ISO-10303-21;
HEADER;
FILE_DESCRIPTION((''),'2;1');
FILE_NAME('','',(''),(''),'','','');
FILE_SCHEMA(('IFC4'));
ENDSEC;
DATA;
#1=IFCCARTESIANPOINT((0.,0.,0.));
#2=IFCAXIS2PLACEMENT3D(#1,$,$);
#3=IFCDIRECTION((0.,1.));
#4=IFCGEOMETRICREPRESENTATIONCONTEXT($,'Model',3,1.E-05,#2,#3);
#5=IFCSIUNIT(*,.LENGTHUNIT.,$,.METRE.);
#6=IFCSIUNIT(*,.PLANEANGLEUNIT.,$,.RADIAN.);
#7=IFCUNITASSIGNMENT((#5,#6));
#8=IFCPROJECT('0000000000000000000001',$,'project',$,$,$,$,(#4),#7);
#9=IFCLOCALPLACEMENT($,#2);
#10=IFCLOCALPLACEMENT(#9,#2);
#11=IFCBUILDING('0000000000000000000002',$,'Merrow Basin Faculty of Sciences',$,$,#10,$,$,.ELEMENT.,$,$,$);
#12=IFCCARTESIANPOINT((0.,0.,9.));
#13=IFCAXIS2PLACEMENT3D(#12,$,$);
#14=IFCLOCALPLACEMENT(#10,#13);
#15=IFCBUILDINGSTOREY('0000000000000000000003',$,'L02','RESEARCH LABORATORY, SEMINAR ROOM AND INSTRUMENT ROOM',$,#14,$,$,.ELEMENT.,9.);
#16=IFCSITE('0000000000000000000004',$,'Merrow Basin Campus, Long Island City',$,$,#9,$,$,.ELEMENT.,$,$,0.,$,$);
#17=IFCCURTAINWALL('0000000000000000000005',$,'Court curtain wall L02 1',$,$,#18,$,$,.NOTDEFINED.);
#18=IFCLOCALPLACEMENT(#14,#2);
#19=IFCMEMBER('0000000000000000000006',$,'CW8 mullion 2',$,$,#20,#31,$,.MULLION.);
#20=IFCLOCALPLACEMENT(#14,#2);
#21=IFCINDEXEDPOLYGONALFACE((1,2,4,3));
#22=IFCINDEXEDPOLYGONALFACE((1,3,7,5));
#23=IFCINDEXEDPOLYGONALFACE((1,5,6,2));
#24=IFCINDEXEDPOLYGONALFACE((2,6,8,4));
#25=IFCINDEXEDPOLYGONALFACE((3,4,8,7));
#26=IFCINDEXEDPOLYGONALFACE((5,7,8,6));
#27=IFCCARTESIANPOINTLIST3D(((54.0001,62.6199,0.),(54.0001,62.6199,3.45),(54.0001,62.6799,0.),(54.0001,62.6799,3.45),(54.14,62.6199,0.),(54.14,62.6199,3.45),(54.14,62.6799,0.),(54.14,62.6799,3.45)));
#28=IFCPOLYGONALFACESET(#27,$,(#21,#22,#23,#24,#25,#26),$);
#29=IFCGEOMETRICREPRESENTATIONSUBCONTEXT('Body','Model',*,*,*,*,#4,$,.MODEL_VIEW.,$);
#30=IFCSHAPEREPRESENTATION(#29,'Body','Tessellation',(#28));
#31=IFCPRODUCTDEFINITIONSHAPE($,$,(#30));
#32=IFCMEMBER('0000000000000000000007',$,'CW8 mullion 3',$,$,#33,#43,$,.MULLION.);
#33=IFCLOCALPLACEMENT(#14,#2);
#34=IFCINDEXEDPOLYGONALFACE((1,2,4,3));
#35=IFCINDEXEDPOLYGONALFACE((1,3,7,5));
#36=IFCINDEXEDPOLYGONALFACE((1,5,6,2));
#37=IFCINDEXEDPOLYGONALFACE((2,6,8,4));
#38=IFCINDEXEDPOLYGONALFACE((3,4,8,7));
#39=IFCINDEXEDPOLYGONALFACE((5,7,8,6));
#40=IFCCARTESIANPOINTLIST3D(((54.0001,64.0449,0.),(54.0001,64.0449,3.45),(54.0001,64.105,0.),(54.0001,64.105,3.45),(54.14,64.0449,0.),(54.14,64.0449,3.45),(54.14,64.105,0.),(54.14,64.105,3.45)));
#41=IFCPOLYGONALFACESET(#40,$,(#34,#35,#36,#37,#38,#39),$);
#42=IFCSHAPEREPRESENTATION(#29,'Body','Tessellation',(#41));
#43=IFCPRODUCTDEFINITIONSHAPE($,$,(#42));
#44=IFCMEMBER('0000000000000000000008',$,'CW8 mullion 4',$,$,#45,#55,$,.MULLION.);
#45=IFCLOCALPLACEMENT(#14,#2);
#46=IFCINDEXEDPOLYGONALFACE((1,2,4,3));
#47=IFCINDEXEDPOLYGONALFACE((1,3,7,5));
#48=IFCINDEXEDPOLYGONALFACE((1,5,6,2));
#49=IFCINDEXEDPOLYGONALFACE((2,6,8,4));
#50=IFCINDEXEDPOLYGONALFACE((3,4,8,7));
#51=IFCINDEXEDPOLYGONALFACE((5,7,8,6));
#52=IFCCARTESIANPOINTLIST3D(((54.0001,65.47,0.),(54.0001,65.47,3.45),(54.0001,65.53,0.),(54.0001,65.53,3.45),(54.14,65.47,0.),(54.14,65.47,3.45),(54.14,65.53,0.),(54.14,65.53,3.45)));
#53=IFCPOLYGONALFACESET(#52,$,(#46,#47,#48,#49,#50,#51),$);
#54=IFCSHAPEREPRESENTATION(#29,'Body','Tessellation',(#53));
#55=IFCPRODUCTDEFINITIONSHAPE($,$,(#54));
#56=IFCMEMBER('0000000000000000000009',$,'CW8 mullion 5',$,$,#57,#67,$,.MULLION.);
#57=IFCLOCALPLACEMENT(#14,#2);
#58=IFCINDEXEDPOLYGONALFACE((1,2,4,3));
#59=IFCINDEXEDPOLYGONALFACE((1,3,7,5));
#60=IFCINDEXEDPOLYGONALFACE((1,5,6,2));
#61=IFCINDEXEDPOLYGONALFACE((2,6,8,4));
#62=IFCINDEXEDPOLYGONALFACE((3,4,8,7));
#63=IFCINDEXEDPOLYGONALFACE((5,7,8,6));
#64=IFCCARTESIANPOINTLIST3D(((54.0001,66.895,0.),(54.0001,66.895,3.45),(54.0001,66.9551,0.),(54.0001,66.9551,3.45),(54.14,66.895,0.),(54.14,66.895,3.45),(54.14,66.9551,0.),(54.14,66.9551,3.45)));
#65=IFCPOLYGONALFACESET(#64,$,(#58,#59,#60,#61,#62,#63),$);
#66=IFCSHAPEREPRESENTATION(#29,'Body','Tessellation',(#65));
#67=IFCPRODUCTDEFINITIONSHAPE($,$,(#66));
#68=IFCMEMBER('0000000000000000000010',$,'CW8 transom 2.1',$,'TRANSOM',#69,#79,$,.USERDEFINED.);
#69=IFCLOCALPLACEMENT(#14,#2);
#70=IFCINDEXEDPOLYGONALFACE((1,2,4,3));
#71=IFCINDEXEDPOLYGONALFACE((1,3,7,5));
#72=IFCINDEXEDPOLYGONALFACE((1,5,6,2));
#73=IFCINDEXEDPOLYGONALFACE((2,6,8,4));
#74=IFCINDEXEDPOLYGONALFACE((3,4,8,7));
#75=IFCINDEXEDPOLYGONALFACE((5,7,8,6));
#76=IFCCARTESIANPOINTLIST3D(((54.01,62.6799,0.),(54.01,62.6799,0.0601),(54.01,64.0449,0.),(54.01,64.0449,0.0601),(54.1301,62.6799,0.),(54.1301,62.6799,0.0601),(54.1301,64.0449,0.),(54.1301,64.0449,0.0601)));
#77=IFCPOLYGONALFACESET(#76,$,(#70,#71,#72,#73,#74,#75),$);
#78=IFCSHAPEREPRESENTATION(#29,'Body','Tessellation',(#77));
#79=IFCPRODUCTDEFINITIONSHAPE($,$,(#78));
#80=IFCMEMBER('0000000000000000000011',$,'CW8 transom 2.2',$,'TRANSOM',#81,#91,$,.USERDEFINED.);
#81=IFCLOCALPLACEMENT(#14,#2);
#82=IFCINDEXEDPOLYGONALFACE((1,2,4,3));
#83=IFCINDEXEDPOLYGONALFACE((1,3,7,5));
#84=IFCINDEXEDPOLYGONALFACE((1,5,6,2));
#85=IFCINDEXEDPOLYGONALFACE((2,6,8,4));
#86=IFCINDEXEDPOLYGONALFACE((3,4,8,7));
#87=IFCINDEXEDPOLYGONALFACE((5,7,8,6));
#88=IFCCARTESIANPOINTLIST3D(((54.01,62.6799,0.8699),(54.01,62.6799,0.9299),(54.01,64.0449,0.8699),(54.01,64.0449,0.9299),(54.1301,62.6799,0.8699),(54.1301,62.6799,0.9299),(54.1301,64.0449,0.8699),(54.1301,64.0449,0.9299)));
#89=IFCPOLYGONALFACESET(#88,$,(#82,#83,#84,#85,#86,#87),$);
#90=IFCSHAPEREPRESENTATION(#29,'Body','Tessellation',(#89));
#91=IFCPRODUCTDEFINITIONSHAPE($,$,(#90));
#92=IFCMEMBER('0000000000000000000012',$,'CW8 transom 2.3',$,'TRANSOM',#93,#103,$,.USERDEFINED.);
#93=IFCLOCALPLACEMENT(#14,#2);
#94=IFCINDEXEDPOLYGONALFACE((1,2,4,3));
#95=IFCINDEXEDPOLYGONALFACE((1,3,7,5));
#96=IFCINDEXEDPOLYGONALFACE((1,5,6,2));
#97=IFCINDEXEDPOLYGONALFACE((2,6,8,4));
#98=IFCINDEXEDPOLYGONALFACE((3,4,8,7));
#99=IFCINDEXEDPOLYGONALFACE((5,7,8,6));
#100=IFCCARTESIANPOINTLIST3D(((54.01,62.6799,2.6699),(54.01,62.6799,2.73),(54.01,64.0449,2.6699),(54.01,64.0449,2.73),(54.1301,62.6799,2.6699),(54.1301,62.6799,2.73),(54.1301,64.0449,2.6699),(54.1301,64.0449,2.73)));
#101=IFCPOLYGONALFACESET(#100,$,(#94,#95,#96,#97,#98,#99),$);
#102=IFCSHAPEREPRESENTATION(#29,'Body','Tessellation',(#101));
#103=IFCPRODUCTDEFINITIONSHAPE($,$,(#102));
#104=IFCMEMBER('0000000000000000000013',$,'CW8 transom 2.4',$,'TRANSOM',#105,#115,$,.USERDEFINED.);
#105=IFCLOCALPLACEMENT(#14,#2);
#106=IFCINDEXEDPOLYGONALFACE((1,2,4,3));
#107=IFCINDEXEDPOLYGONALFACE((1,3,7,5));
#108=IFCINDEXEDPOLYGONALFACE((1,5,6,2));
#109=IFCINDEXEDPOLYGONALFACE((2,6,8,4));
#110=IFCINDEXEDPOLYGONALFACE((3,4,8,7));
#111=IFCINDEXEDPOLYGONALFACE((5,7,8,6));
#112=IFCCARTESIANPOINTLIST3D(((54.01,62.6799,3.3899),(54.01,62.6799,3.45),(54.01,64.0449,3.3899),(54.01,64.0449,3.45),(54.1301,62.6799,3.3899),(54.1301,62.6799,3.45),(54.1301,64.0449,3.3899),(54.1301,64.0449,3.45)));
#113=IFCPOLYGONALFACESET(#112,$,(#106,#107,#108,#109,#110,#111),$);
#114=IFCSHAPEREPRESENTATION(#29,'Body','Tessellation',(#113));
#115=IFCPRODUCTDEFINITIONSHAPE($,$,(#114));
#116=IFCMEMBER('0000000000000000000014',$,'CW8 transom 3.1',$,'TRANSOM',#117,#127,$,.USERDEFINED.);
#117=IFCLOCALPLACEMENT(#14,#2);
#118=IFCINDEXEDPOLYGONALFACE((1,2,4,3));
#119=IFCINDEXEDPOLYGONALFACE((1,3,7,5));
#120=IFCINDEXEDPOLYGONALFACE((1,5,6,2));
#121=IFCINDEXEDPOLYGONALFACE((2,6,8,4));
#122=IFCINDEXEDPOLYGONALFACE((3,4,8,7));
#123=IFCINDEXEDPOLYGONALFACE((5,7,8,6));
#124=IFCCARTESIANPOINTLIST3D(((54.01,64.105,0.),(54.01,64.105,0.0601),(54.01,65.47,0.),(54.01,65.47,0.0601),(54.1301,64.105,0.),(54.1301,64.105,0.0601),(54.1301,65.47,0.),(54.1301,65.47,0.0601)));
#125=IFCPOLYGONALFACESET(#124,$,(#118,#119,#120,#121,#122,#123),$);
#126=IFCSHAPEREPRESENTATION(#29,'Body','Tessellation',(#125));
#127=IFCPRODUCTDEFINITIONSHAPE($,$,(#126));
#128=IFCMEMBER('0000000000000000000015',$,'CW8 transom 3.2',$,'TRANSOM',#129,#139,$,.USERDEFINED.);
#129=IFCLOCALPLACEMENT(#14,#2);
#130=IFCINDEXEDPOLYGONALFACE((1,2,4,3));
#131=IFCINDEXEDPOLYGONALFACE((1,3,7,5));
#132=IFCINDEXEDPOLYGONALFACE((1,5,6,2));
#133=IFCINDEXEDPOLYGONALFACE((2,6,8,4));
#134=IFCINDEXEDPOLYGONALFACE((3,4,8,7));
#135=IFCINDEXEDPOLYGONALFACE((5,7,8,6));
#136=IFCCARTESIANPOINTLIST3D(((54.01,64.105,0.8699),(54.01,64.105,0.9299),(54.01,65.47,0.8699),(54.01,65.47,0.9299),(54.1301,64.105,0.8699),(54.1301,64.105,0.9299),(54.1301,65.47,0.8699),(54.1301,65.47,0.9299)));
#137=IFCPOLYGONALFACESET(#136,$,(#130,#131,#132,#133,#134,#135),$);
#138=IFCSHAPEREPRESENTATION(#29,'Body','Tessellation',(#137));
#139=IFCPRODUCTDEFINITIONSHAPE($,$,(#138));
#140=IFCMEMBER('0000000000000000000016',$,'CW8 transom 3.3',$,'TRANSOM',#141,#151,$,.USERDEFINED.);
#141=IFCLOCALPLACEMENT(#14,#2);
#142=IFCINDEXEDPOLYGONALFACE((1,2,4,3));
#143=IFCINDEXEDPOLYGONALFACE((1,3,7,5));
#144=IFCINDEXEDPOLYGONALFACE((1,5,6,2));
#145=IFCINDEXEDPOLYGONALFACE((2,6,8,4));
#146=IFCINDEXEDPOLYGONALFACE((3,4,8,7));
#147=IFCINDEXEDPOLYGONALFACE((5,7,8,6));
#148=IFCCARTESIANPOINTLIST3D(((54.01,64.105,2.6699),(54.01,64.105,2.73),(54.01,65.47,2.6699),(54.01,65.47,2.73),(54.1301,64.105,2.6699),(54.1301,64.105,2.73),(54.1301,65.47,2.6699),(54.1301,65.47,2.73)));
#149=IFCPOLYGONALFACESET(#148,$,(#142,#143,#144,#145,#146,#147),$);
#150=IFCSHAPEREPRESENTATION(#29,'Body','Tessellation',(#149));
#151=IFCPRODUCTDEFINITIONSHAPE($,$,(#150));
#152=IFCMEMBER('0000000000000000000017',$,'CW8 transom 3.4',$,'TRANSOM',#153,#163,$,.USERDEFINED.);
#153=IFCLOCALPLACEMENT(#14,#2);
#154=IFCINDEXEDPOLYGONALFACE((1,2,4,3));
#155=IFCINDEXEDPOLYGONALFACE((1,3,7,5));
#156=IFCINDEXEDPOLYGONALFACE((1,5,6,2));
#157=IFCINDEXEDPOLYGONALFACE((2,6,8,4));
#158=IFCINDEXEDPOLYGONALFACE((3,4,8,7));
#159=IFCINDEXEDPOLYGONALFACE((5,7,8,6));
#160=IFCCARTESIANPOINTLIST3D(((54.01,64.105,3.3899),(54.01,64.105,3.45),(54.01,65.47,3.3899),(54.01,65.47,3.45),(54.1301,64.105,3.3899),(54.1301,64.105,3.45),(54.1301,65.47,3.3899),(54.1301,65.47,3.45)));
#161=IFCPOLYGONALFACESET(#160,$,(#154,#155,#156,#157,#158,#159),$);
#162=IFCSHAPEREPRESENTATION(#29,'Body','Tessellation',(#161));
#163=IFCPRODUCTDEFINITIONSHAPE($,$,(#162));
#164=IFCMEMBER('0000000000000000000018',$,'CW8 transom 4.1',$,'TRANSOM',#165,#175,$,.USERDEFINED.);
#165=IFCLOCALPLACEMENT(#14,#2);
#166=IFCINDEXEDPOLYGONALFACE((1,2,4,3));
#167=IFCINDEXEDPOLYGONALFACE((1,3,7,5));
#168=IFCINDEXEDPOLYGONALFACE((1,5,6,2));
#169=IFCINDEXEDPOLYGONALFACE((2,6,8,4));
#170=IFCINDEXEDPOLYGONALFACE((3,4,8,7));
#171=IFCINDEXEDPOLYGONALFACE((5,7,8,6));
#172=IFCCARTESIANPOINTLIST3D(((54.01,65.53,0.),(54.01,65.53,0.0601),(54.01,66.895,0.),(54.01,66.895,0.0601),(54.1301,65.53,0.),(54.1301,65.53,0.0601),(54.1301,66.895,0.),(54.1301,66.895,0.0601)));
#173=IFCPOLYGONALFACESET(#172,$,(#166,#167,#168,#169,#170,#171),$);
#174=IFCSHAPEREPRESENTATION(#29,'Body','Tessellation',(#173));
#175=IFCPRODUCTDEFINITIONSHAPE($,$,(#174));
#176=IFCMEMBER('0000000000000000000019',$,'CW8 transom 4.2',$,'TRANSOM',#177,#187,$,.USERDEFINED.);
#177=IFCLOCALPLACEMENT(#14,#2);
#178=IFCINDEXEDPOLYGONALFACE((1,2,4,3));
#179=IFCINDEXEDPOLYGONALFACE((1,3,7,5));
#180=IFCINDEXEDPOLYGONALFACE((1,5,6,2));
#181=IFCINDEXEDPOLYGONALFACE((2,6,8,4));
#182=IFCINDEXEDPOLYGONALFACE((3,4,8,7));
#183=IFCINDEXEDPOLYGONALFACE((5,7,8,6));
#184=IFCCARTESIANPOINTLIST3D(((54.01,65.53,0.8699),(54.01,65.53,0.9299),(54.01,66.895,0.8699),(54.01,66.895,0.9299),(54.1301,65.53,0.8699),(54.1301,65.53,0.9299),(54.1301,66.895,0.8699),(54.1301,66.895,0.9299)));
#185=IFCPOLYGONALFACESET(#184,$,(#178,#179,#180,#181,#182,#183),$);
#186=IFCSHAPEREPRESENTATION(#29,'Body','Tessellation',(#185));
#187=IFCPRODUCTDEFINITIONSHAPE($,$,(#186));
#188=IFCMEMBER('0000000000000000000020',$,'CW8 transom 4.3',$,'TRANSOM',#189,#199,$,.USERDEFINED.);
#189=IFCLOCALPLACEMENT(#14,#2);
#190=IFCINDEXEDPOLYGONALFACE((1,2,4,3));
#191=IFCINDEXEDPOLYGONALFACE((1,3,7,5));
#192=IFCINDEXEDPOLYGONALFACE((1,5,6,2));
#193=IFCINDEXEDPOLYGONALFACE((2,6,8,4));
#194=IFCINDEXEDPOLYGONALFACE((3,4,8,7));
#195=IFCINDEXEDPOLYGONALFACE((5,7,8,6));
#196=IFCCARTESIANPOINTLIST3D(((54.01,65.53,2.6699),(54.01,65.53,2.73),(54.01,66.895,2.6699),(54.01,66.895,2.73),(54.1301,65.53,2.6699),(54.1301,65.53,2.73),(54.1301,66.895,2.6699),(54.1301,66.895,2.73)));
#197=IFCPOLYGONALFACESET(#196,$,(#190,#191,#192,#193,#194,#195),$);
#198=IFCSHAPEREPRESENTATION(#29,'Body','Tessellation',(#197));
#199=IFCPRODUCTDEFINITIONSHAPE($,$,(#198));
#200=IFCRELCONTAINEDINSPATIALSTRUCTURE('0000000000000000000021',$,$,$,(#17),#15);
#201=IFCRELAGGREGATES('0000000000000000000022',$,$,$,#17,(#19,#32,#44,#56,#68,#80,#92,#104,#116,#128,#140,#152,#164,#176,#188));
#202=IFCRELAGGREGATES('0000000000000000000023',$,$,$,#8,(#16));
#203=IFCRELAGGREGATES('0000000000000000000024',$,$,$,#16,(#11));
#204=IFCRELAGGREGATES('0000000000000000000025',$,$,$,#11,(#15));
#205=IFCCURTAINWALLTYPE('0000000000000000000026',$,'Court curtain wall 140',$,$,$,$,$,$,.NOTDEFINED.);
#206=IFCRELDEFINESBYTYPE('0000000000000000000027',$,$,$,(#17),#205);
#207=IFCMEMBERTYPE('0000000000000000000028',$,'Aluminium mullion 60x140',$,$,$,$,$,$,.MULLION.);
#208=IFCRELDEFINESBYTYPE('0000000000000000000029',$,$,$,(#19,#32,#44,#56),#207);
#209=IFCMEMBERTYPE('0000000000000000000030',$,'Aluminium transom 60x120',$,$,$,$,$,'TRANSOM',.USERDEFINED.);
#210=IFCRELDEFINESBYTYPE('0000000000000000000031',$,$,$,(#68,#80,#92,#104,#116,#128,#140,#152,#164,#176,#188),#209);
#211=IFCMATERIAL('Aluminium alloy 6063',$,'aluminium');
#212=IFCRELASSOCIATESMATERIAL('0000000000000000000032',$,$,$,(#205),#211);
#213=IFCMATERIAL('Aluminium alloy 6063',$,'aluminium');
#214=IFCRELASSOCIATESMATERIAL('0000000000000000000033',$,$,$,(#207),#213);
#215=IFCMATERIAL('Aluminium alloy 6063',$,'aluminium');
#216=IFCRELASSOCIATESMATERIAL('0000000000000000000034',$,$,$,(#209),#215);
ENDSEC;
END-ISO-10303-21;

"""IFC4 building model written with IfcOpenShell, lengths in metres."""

from ifc_helpers import new_model, si_unit, direction, frame, origin, origin_2d, place, context, subcontext, project, spatial, rectangle, extrude, material, material_profile, profile_set, type_object, element, aggregate, save


model = new_model("IFC4")

# Units and contexts
model_context = context("Model", 3, precision=1e-05, world=origin(), true_north=direction((0.0, 1.0)))
body_context = subcontext(model_context, "Body", "Model", "MODEL_VIEW")
ifc_project = project(units=[si_unit("LENGTHUNIT", "METRE"), si_unit("PLANEANGLEUNIT", "RADIAN")], contexts=[model_context])

# Site, building, storey
site_placement = place(None, origin())
site = spatial("IfcSite", under=ifc_project, at=site_placement, Name="Merrow Basin Campus, Long Island City", CompositionType="ELEMENT", RefElevation=0.0)
building_placement = place(site_placement, origin())
building = spatial("IfcBuilding", under=site, at=building_placement, Name="Merrow Basin Faculty of Sciences", CompositionType="ELEMENT")
storey_placement = place(building_placement, frame((0.0, 0.0, 9.0)))
storey = spatial("IfcBuildingStorey", under=building, at=storey_placement, Name="L02", Description="RESEARCH LABORATORY, SEMINAR ROOM AND INSTRUMENT ROOM", CompositionType="ELEMENT", Elevation=9.0)

# Curtain wall, members
ifc_material_1 = material(Name="Aluminium alloy 6063", Category="aluminium")
curtain_wall_type = type_object("IfcCurtainWallType", Name="Court curtain wall 140", PredefinedType="NOTDEFINED", material=ifc_material_1)
curtain_wall_placement = place(storey_placement, origin())
curtain_wall = element("IfcCurtainWall", 1, at=curtain_wall_placement, inside=storey, type_object=curtain_wall_type, Name="Court curtain wall L02 1", PredefinedType="NOTDEFINED")
ifc_material_2 = material(Name="Aluminium alloy 6063", Category="aluminium")
ifc_material_profile_1 = material_profile(ifc_material_2, rectangle(XDim=0.1399, YDim=0.0601, at=origin_2d()))
ifc_profile_set_1 = profile_set([ifc_material_profile_1], Name="Aluminium alloy 6063")
member_type_1 = type_object("IfcMemberType", Name="Aluminium mullion 60x140", PredefinedType="MULLION", material=ifc_profile_set_1)
member_1_placement = place(storey_placement, frame((54.0701, 62.6499, 0.0), z_axis=(0.0, 0.0, 1.0), x_axis=(-1.0, 0.0, 0.0)))
member_1 = element("IfcMember", 2, at=member_1_placement, type_object=member_type_1, Name="CW8 mullion 2", PredefinedType="MULLION", context=body_context, shape_type="SweptSolid", body=[
    extrude(rectangle(XDim=0.1399, YDim=0.0601, at=origin_2d()), origin(), (0.0, 0.0, 1.0), 3.45),
])
member_2_placement = place(storey_placement, frame((54.0701, 64.075, 0.0), z_axis=(0.0, 0.0, 1.0), x_axis=(-1.0, 0.0, 0.0)))
member_2 = element("IfcMember", 3, at=member_2_placement, type_object=member_type_1, Name="CW8 mullion 3", PredefinedType="MULLION", context=body_context, shape_type="SweptSolid", body=[
    extrude(rectangle(XDim=0.1399, YDim=0.0601, at=origin_2d()), origin(), (0.0, 0.0, 1.0), 3.45),
])
member_3_placement = place(storey_placement, frame((54.0701, 65.5, 0.0), z_axis=(0.0, 0.0, 1.0), x_axis=(-1.0, 0.0, 0.0)))
member_3 = element("IfcMember", 4, at=member_3_placement, type_object=member_type_1, Name="CW8 mullion 4", PredefinedType="MULLION", context=body_context, shape_type="SweptSolid", body=[
    extrude(rectangle(XDim=0.1399, YDim=0.0601, at=origin_2d()), origin(), (0.0, 0.0, 1.0), 3.45),
])
member_4_placement = place(storey_placement, frame((54.0701, 66.925, 0.0), z_axis=(0.0, 0.0, 1.0), x_axis=(-1.0, 0.0, 0.0)))
member_4 = element("IfcMember", 5, at=member_4_placement, type_object=member_type_1, Name="CW8 mullion 5", PredefinedType="MULLION", context=body_context, shape_type="SweptSolid", body=[
    extrude(rectangle(XDim=0.1399, YDim=0.0601, at=origin_2d()), origin(), (0.0, 0.0, 1.0), 3.45),
])
ifc_material_3 = material(Name="Aluminium alloy 6063", Category="aluminium")
ifc_material_profile_2 = material_profile(ifc_material_3, rectangle(XDim=0.1201, YDim=0.0601, at=origin_2d()))
ifc_profile_set_2 = profile_set([ifc_material_profile_2], Name="Aluminium alloy 6063")
member_type_2 = type_object("IfcMemberType", Name="Aluminium transom 60x120", ElementType="TRANSOM", PredefinedType="USERDEFINED", material=ifc_profile_set_2)
member_5_placement = place(storey_placement, frame((54.0701, 62.6799, 0.03), z_axis=(0.0, 1.0, 0.0), x_axis=(-1.0, 0.0, 0.0)))
member_5 = element("IfcMember", 6, at=member_5_placement, type_object=member_type_2, Name="CW8 transom 2.1", ObjectType="TRANSOM", PredefinedType="USERDEFINED", context=body_context, shape_type="SweptSolid", body=[
    extrude(rectangle(XDim=0.1201, YDim=0.0601, at=origin_2d()), origin(), (0.0, 0.0, 1.0), 1.365),
])
member_6_placement = place(storey_placement, frame((54.0701, 62.6799, 0.8999), z_axis=(0.0, 1.0, 0.0), x_axis=(-1.0, 0.0, 0.0)))
member_6 = element("IfcMember", 7, at=member_6_placement, type_object=member_type_2, Name="CW8 transom 2.2", ObjectType="TRANSOM", PredefinedType="USERDEFINED", context=body_context, shape_type="SweptSolid", body=[
    extrude(rectangle(XDim=0.1201, YDim=0.0601, at=origin_2d()), origin(), (0.0, 0.0, 1.0), 1.365),
])
member_7_placement = place(storey_placement, frame((54.0701, 62.6799, 2.7), z_axis=(0.0, 1.0, 0.0), x_axis=(-1.0, 0.0, 0.0)))
member_7 = element("IfcMember", 8, at=member_7_placement, type_object=member_type_2, Name="CW8 transom 2.3", ObjectType="TRANSOM", PredefinedType="USERDEFINED", context=body_context, shape_type="SweptSolid", body=[
    extrude(rectangle(XDim=0.1201, YDim=0.0601, at=origin_2d()), origin(), (0.0, 0.0, 1.0), 1.365),
])
member_8_placement = place(storey_placement, frame((54.0701, 62.6799, 3.4199), z_axis=(0.0, 1.0, 0.0), x_axis=(-1.0, 0.0, 0.0)))
member_8 = element("IfcMember", 9, at=member_8_placement, type_object=member_type_2, Name="CW8 transom 2.4", ObjectType="TRANSOM", PredefinedType="USERDEFINED", context=body_context, shape_type="SweptSolid", body=[
    extrude(rectangle(XDim=0.1201, YDim=0.0601, at=origin_2d()), origin(), (0.0, 0.0, 1.0), 1.365),
])
member_9_placement = place(storey_placement, frame((54.0701, 64.105, 0.03), z_axis=(0.0, 1.0, 0.0), x_axis=(-1.0, 0.0, 0.0)))
member_9 = element("IfcMember", 10, at=member_9_placement, type_object=member_type_2, Name="CW8 transom 3.1", ObjectType="TRANSOM", PredefinedType="USERDEFINED", context=body_context, shape_type="SweptSolid", body=[
    extrude(rectangle(XDim=0.1201, YDim=0.0601, at=origin_2d()), origin(), (0.0, 0.0, 1.0), 1.365),
])
member_10_placement = place(storey_placement, frame((54.0701, 64.105, 0.8999), z_axis=(0.0, 1.0, 0.0), x_axis=(-1.0, 0.0, 0.0)))
member_10 = element("IfcMember", 11, at=member_10_placement, type_object=member_type_2, Name="CW8 transom 3.2", ObjectType="TRANSOM", PredefinedType="USERDEFINED", context=body_context, shape_type="SweptSolid", body=[
    extrude(rectangle(XDim=0.1201, YDim=0.0601, at=origin_2d()), origin(), (0.0, 0.0, 1.0), 1.365),
])
member_11_placement = place(storey_placement, frame((54.0701, 64.105, 2.7), z_axis=(0.0, 1.0, 0.0), x_axis=(-1.0, 0.0, 0.0)))
member_11 = element("IfcMember", 12, at=member_11_placement, type_object=member_type_2, Name="CW8 transom 3.3", ObjectType="TRANSOM", PredefinedType="USERDEFINED", context=body_context, shape_type="SweptSolid", body=[
    extrude(rectangle(XDim=0.1201, YDim=0.0601, at=origin_2d()), origin(), (0.0, 0.0, 1.0), 1.365),
])
member_12_placement = place(storey_placement, frame((54.0701, 64.105, 3.4199), z_axis=(0.0, 1.0, 0.0), x_axis=(-1.0, 0.0, 0.0)))
member_12 = element("IfcMember", 13, at=member_12_placement, type_object=member_type_2, Name="CW8 transom 3.4", ObjectType="TRANSOM", PredefinedType="USERDEFINED", context=body_context, shape_type="SweptSolid", body=[
    extrude(rectangle(XDim=0.1201, YDim=0.0601, at=origin_2d()), origin(), (0.0, 0.0, 1.0), 1.365),
])
member_13_placement = place(storey_placement, frame((54.0701, 65.53, 0.03), z_axis=(0.0, 1.0, 0.0), x_axis=(-1.0, 0.0, 0.0)))
member_13 = element("IfcMember", 14, at=member_13_placement, type_object=member_type_2, Name="CW8 transom 4.1", ObjectType="TRANSOM", PredefinedType="USERDEFINED", context=body_context, shape_type="SweptSolid", body=[
    extrude(rectangle(XDim=0.1201, YDim=0.0601, at=origin_2d()), origin(), (0.0, 0.0, 1.0), 1.365),
])
member_14_placement = place(storey_placement, frame((54.0701, 65.53, 0.8999), z_axis=(0.0, 1.0, 0.0), x_axis=(-1.0, 0.0, 0.0)))
member_14 = element("IfcMember", 15, at=member_14_placement, type_object=member_type_2, Name="CW8 transom 4.2", ObjectType="TRANSOM", PredefinedType="USERDEFINED", context=body_context, shape_type="SweptSolid", body=[
    extrude(rectangle(XDim=0.1201, YDim=0.0601, at=origin_2d()), origin(), (0.0, 0.0, 1.0), 1.365),
])
member_15_placement = place(storey_placement, frame((54.0701, 65.53, 2.7), z_axis=(0.0, 1.0, 0.0), x_axis=(-1.0, 0.0, 0.0)))
member_15 = element("IfcMember", 16, at=member_15_placement, type_object=member_type_2, Name="CW8 transom 4.3", ObjectType="TRANSOM", PredefinedType="USERDEFINED", context=body_context, shape_type="SweptSolid", body=[
    extrude(rectangle(XDim=0.1201, YDim=0.0601, at=origin_2d()), origin(), (0.0, 0.0, 1.0), 1.365),
])
aggregate(curtain_wall, [member_1, member_2, member_3, member_4, member_5, member_6, member_7, member_8, member_9, member_10, member_11, member_12, member_13, member_14, member_15])

save(model, "model.ifc")
